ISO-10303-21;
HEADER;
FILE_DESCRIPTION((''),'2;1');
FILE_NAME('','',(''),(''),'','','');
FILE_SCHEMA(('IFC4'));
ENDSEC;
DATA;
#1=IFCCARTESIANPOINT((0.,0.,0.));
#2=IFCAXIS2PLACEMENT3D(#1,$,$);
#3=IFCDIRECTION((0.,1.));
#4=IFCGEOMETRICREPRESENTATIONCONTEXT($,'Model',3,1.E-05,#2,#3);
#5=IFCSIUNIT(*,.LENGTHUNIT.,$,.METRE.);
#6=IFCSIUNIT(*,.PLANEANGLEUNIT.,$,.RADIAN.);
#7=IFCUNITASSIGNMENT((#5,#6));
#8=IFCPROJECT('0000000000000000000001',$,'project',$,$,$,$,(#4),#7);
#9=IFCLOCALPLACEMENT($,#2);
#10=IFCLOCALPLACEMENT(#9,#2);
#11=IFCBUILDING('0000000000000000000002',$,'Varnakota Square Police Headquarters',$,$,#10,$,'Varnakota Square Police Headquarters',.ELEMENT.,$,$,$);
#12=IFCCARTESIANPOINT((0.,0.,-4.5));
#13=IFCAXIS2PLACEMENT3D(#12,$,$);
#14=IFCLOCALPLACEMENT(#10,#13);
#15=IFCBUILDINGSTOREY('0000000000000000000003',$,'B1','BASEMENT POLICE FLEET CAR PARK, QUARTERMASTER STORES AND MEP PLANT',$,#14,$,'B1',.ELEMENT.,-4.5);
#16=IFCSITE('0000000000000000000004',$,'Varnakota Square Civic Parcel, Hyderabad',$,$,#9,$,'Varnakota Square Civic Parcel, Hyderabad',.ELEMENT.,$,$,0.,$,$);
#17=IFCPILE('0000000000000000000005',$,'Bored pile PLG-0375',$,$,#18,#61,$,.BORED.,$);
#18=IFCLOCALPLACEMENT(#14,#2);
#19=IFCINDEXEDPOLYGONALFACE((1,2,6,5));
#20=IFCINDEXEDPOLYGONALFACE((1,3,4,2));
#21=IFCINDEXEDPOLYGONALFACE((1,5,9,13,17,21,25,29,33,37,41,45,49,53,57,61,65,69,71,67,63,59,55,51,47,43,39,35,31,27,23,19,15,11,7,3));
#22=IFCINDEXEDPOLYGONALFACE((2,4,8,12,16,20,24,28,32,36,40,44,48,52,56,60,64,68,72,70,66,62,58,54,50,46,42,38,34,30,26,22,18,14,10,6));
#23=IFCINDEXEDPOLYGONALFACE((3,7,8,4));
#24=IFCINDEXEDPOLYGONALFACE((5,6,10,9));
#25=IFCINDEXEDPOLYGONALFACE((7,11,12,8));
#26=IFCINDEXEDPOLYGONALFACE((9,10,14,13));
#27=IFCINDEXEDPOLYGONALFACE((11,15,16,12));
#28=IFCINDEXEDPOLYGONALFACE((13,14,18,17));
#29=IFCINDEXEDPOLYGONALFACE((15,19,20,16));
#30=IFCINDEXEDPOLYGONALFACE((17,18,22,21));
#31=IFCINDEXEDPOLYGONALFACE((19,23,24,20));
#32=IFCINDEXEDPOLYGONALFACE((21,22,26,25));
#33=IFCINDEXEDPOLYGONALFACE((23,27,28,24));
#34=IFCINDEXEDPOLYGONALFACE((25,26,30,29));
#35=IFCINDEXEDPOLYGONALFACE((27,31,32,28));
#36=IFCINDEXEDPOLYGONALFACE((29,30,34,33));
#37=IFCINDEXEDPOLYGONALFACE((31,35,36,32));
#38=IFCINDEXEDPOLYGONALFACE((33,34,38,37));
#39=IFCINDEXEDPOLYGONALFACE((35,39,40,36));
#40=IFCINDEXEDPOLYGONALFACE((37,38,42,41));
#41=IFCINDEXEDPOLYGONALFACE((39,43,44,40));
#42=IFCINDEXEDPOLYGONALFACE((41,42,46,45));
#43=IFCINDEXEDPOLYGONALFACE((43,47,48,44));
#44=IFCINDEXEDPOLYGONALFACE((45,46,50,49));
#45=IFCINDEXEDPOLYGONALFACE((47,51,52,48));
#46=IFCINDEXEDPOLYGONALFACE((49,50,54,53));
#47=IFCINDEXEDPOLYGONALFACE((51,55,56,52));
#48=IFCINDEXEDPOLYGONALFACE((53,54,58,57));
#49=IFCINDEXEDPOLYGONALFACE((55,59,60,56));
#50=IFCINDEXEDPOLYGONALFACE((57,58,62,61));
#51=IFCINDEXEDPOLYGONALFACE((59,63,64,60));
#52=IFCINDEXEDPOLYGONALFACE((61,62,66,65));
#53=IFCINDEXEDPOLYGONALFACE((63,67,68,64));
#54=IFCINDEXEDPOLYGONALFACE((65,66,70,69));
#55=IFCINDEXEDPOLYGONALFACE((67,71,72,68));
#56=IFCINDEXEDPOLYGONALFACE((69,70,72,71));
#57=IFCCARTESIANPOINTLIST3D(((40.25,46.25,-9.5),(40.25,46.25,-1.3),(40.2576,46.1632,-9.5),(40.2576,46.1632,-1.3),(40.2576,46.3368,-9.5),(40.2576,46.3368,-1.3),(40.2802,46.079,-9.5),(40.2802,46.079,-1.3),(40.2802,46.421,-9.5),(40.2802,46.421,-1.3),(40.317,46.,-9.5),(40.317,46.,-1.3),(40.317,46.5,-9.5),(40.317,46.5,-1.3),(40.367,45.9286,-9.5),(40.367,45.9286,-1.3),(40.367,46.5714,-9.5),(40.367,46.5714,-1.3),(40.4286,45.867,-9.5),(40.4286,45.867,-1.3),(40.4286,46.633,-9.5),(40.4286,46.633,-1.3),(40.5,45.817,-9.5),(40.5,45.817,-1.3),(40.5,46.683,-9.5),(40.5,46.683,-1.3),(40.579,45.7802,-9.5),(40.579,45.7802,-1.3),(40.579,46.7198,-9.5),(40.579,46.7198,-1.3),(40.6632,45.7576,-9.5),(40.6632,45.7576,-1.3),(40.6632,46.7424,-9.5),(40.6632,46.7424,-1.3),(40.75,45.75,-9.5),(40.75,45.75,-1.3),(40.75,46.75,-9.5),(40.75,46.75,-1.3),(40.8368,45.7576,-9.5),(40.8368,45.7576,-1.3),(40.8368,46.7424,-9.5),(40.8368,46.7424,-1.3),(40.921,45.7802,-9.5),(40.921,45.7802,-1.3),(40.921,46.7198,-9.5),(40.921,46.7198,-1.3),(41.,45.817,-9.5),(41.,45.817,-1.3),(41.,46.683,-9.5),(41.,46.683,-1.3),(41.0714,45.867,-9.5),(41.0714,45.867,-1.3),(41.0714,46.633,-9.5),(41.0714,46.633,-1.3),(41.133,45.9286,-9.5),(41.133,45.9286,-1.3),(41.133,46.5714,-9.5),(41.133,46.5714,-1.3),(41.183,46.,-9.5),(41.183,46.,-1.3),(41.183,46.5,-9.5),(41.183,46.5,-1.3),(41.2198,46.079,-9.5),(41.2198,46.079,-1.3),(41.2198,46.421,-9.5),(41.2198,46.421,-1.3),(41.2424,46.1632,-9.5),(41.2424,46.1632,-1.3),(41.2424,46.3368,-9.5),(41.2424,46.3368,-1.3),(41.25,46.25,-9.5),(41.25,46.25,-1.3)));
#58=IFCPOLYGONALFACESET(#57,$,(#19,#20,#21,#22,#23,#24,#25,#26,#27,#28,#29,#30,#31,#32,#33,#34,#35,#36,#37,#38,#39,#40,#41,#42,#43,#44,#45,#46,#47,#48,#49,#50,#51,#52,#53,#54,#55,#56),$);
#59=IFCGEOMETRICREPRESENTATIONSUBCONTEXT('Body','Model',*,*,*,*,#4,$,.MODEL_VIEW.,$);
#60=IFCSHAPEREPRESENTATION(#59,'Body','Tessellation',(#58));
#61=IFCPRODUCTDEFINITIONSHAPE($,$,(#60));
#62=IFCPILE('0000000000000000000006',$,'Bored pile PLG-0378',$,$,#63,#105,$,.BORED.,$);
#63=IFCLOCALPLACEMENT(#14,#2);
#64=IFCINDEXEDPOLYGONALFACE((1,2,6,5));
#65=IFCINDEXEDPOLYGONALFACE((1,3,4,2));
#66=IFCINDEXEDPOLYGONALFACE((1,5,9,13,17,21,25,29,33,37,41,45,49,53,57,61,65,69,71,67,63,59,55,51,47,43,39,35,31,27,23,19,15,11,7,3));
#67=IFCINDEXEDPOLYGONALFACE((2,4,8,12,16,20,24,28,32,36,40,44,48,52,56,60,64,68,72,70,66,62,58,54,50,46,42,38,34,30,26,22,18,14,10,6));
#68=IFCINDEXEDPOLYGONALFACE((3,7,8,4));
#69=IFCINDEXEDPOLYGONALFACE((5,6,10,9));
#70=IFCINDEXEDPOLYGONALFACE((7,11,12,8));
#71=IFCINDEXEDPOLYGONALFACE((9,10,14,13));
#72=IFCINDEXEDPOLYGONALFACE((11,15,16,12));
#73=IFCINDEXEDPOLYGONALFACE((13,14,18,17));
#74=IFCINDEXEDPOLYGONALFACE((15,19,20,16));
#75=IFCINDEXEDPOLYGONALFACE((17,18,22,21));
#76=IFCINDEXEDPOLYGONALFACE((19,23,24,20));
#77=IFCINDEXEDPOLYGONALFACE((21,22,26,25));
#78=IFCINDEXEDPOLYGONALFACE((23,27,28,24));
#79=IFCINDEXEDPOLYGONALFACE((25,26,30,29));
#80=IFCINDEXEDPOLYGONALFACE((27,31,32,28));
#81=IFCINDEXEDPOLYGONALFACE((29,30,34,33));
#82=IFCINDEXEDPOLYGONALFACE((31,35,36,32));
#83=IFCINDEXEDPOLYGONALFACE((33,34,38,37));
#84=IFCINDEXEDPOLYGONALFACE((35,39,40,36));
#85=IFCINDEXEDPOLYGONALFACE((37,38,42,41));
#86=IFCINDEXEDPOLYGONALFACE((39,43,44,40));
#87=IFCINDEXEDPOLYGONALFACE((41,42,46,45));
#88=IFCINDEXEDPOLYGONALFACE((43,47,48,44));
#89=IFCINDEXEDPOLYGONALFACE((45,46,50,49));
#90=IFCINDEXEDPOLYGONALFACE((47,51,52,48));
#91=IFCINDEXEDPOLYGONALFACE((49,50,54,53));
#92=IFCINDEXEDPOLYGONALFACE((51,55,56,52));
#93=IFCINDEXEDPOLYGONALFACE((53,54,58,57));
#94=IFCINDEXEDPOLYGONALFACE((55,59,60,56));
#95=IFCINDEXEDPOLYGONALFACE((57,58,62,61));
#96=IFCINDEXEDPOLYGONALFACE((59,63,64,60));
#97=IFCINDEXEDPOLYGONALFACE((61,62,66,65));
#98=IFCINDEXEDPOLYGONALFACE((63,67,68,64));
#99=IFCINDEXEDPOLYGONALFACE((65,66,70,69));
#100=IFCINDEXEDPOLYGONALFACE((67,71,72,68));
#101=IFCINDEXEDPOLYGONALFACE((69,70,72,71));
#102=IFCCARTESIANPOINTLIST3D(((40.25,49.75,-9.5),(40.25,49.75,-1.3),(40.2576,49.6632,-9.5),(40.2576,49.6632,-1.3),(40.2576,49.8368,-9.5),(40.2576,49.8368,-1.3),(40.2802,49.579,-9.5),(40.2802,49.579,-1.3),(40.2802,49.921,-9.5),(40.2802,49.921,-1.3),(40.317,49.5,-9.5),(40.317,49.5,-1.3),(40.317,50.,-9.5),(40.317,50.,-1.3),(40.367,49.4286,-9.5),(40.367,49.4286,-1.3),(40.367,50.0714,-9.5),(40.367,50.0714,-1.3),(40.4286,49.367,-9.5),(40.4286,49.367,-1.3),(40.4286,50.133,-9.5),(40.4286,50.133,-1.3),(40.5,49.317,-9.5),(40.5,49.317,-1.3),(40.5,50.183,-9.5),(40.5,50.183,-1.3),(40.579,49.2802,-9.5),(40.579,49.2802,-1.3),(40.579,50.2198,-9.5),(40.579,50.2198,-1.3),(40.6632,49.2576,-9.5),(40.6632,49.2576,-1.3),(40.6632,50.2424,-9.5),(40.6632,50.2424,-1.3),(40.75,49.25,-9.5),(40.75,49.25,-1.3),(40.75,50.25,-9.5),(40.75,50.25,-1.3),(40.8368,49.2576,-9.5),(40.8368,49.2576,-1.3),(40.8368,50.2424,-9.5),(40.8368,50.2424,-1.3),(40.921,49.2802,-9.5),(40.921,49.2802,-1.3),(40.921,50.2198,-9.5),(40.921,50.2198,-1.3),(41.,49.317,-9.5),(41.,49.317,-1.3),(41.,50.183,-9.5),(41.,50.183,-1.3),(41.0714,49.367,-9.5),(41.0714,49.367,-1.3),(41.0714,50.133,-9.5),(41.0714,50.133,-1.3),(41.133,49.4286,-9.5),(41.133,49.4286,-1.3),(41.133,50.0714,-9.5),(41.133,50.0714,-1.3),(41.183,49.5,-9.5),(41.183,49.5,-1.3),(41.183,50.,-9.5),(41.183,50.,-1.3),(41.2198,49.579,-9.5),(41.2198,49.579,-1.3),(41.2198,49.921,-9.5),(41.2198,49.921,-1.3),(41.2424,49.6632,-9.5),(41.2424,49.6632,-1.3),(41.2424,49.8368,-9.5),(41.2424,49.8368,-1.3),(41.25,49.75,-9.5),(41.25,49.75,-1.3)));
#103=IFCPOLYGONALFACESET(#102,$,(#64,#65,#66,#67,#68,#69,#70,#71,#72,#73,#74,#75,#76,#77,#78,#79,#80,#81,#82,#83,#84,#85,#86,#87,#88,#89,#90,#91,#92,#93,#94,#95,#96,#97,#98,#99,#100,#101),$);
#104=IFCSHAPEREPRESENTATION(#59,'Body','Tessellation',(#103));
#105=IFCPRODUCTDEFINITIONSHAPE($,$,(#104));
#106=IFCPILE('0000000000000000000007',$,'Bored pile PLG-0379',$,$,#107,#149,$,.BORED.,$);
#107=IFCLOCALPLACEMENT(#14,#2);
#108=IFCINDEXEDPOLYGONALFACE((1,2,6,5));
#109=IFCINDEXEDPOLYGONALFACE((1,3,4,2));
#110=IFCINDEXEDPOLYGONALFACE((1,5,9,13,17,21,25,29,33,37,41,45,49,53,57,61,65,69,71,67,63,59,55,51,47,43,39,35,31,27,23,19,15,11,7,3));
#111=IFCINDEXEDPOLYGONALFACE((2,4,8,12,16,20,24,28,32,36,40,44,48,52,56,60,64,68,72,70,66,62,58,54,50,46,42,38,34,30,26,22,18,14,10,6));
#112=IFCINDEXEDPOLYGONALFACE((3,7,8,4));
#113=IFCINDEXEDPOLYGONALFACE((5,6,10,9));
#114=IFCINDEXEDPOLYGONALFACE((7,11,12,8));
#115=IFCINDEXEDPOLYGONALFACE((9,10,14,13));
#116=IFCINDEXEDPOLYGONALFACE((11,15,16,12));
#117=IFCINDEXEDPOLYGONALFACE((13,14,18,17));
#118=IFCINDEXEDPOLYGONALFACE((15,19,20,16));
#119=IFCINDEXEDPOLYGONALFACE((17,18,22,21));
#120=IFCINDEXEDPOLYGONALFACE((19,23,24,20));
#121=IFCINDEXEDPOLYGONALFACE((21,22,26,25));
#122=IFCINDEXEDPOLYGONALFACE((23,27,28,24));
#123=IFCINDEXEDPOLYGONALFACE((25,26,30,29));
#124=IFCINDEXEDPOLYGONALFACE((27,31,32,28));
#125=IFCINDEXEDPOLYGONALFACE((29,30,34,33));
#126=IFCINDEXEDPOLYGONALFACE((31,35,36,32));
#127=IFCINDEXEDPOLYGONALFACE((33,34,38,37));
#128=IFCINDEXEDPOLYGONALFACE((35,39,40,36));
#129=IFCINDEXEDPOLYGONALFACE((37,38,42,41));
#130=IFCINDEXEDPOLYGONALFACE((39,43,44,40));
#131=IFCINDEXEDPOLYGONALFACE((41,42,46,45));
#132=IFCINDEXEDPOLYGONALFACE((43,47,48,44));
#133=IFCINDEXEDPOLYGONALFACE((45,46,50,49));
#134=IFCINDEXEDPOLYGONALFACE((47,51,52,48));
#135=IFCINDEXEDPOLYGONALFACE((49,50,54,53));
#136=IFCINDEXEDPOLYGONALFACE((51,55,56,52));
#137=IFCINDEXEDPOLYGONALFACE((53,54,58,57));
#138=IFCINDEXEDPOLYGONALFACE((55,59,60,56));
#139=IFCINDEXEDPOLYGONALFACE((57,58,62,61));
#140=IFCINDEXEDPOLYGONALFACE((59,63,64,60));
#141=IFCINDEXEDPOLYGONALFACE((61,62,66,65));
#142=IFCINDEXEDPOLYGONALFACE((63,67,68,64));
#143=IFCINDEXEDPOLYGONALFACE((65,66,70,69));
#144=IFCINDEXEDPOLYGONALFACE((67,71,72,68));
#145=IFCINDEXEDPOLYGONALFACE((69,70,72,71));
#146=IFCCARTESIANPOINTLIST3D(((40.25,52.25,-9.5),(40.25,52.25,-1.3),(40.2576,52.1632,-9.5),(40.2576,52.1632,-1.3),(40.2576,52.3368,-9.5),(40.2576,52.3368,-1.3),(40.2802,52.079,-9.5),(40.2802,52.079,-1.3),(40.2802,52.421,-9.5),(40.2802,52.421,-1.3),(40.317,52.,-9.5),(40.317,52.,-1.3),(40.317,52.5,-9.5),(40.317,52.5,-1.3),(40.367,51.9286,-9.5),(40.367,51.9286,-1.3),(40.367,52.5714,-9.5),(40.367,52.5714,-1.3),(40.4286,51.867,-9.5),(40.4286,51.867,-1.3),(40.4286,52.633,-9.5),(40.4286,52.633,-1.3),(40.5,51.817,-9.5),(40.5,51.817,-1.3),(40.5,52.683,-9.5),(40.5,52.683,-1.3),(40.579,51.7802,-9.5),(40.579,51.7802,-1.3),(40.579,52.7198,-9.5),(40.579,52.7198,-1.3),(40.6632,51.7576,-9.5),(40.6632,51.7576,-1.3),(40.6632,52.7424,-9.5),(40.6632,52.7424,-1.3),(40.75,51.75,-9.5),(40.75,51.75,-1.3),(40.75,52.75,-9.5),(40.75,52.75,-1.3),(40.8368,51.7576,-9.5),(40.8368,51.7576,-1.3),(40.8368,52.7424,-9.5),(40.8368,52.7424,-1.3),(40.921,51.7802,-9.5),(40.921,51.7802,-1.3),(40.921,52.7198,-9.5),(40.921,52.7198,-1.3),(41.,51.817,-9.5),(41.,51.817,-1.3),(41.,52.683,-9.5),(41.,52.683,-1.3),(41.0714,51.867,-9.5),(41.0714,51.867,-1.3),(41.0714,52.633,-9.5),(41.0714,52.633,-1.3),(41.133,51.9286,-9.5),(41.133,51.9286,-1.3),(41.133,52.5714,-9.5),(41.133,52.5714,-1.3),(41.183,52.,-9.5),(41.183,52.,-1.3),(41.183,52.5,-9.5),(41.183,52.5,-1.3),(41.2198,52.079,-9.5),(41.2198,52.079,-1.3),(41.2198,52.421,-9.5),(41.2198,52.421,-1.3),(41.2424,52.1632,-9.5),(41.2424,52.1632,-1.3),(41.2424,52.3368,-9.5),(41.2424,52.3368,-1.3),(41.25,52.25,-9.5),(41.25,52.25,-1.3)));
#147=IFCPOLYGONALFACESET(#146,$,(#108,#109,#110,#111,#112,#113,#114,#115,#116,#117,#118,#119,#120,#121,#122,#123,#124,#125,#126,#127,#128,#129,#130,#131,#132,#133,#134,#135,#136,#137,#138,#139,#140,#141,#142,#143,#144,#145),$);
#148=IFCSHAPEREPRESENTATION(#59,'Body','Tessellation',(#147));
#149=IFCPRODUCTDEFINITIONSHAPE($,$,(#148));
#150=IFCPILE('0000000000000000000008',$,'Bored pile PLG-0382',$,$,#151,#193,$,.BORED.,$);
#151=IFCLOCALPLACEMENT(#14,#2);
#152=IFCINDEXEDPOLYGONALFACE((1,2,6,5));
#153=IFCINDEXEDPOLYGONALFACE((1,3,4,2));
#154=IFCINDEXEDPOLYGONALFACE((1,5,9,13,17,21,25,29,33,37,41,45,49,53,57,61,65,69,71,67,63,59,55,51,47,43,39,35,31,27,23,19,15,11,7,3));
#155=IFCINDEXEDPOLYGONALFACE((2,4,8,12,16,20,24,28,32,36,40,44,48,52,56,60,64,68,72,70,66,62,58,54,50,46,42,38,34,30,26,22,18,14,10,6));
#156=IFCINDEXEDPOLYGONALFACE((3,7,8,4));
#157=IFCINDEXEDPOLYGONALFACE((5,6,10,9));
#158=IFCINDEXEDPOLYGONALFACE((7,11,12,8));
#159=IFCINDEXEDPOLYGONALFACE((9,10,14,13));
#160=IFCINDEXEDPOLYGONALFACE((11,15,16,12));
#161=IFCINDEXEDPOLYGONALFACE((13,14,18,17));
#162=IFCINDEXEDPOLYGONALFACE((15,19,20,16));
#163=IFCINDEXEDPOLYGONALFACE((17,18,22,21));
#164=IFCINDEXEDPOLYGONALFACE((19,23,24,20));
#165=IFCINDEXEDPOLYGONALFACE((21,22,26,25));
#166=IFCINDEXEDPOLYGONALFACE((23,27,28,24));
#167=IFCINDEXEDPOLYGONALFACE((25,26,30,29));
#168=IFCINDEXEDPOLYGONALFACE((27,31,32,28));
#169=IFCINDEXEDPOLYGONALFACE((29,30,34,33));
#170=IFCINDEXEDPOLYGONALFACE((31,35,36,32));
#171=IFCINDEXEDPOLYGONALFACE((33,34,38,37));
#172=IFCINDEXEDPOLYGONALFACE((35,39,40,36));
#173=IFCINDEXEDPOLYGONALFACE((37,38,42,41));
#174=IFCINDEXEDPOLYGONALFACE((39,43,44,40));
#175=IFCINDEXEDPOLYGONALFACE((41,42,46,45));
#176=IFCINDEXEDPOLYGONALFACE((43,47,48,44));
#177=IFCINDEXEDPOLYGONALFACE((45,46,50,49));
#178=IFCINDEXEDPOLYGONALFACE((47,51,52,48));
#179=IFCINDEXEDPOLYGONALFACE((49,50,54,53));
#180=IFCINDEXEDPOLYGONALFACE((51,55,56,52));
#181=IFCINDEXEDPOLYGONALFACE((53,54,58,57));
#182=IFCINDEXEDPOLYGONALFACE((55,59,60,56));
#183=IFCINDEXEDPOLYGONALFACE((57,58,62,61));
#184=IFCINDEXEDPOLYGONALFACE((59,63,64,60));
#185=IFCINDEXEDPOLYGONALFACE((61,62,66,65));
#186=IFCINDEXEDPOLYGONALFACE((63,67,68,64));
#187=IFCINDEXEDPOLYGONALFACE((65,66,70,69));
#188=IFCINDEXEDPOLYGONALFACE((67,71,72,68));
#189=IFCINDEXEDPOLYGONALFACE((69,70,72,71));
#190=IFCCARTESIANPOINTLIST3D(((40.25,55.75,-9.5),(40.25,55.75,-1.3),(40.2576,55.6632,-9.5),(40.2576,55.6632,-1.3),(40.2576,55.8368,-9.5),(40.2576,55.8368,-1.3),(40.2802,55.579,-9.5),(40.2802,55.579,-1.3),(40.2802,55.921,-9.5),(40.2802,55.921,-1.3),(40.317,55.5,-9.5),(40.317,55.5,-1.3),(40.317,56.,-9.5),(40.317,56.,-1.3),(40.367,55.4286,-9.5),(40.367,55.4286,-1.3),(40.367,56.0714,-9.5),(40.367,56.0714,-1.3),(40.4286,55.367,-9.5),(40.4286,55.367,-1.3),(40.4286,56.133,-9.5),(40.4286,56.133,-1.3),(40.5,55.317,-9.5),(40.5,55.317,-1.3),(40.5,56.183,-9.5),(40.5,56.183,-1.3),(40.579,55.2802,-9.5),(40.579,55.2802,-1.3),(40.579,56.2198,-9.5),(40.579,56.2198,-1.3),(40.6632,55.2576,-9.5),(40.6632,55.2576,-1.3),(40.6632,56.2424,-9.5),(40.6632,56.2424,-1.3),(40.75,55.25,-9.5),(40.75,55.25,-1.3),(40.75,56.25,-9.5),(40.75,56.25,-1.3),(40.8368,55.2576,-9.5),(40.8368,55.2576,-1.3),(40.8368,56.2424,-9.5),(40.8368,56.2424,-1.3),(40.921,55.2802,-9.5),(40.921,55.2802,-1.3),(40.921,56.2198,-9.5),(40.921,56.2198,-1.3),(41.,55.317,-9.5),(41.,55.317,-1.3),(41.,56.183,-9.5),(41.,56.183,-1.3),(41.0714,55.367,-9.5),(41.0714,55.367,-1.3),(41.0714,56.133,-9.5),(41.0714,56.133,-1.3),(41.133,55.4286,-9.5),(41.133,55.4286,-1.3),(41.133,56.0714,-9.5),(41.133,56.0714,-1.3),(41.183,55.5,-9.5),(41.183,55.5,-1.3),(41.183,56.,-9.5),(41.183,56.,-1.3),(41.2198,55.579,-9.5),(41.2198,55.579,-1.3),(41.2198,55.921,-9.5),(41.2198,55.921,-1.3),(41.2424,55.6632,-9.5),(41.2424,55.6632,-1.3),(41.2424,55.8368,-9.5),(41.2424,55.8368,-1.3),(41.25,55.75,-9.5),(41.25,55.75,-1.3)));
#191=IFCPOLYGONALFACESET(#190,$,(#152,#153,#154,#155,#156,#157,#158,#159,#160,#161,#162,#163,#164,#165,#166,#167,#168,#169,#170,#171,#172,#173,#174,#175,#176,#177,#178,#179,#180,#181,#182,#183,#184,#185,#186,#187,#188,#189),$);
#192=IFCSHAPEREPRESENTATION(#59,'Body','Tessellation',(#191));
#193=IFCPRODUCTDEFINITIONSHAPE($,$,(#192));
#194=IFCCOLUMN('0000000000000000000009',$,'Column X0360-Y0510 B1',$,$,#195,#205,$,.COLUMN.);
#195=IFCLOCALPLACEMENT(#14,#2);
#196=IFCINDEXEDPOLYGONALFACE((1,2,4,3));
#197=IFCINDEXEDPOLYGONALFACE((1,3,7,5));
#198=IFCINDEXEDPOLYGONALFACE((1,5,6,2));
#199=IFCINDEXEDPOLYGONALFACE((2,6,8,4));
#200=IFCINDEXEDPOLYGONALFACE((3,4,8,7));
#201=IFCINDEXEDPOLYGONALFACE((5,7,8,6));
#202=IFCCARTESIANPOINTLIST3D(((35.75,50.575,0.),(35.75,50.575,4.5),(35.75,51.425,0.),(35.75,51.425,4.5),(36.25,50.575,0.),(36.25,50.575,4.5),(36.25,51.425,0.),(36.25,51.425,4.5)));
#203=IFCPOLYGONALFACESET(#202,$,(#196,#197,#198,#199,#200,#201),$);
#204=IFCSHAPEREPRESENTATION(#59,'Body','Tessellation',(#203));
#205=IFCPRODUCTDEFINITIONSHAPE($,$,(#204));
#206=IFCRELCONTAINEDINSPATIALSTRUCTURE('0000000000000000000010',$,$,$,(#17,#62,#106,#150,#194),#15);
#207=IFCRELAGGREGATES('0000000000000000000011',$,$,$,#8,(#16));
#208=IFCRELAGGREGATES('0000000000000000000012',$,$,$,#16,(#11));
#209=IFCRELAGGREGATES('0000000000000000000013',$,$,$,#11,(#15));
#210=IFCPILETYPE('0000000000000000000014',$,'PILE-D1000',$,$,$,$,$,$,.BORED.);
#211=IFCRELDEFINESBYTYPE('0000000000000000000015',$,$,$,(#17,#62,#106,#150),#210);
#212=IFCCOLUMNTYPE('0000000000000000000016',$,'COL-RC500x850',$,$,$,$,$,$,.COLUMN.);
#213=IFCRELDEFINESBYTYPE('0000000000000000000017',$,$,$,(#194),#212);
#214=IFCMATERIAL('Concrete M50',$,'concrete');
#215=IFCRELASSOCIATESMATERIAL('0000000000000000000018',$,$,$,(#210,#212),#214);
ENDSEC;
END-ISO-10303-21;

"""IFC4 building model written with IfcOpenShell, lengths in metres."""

from ifc_helpers import new_model, si_unit, direction, frame, origin, origin_2d, place, context, subcontext, project, spatial, rectangle, circle, extrude, material, material_profile, profile_set, type_object, element, save


model = new_model("IFC4")

# Units and contexts
model_context = context("Model", 3, precision=1e-05, world=origin(), true_north=direction((0.0, 1.0)))
body_context = subcontext(model_context, "Body", "Model", "MODEL_VIEW")
ifc_project = project(units=[si_unit("LENGTHUNIT", "METRE"), si_unit("PLANEANGLEUNIT", "RADIAN")], contexts=[model_context])

# Site, building, storey
site_placement = place(None, origin())
site = spatial("IfcSite", under=ifc_project, at=site_placement, Name="Varnakota Square Civic Parcel, Hyderabad", LongName="Varnakota Square Civic Parcel, Hyderabad", CompositionType="ELEMENT", RefElevation=0.0)
building_placement = place(site_placement, origin())
building = spatial("IfcBuilding", under=site, at=building_placement, Name="Varnakota Square Police Headquarters", LongName="Varnakota Square Police Headquarters", CompositionType="ELEMENT")
storey_placement = place(building_placement, frame((0.0, 0.0, -4.5)))
storey = spatial("IfcBuildingStorey", under=building, at=storey_placement, Name="B1", Description="BASEMENT POLICE FLEET CAR PARK, QUARTERMASTER STORES AND MEP PLANT", LongName="B1", CompositionType="ELEMENT", Elevation=-4.5)

# Shared definitions
ifc_material_1 = material(Name="Concrete M50", Category="concrete")

# Piles
ifc_material_profile_1 = material_profile(ifc_material_1, circle(Radius=0.5, at=origin_2d()), Name="BORED PILE 1000")
ifc_profile_set_1 = profile_set([ifc_material_profile_1], Name="Concrete M50")
pile_type = type_object("IfcPileType", Name="PILE-D1000", PredefinedType="BORED", material=ifc_profile_set_1)
for number, where, z_axis, x_axis, name in (
    (1, (40.75, 46.25, -1.3), (0.0, 0.0, -1.0), (1.0, 0.0, 0.0), "Bored pile PLG-0375"),
    (2, (40.75, 49.75, -1.3), (0.0, 0.0, -1.0), (1.0, 0.0, 0.0), "Bored pile PLG-0378"),
    (3, (40.75, 52.25, -1.3), (0.0, 0.0, -1.0), (1.0, 0.0, 0.0), "Bored pile PLG-0379"),
    (4, (40.75, 55.75, -1.3), (0.0, 0.0, -1.0), (1.0, 0.0, 0.0), "Bored pile PLG-0382"),
):
    element("IfcPile", number, at=place(storey_placement, frame(where, z_axis=z_axis, x_axis=x_axis)), inside=storey, type_object=pile_type, Name=name, PredefinedType="BORED", context=body_context, shape_type="SweptSolid", body=[
        extrude(circle(Radius=0.5, at=origin_2d()), origin(), (0.0, 0.0, 1.0), 8.2),
    ])

# Column
ifc_material_profile_2 = material_profile(ifc_material_1, rectangle(XDim=0.5, YDim=0.8501, at=origin_2d()), Name="RC 500x850")
ifc_profile_set_2 = profile_set([ifc_material_profile_2], Name="Concrete M50")
column_type = type_object("IfcColumnType", Name="COL-RC500x850", PredefinedType="COLUMN", material=ifc_profile_set_2)
column_placement = place(storey_placement, frame((36.0, 51.0, 0.0), z_axis=(0.0, 0.0, 1.0), x_axis=(1.0, 0.0, 0.0)))
element("IfcColumn", 5, at=column_placement, inside=storey, type_object=column_type, Name="Column X0360-Y0510 B1", PredefinedType="COLUMN", context=body_context, shape_type="SweptSolid", body=[
    extrude(rectangle(XDim=0.5, YDim=0.8501, at=origin_2d()), origin(), (0.0, 0.0, 1.0), 4.5),
])

save(model, "model.ifc")
